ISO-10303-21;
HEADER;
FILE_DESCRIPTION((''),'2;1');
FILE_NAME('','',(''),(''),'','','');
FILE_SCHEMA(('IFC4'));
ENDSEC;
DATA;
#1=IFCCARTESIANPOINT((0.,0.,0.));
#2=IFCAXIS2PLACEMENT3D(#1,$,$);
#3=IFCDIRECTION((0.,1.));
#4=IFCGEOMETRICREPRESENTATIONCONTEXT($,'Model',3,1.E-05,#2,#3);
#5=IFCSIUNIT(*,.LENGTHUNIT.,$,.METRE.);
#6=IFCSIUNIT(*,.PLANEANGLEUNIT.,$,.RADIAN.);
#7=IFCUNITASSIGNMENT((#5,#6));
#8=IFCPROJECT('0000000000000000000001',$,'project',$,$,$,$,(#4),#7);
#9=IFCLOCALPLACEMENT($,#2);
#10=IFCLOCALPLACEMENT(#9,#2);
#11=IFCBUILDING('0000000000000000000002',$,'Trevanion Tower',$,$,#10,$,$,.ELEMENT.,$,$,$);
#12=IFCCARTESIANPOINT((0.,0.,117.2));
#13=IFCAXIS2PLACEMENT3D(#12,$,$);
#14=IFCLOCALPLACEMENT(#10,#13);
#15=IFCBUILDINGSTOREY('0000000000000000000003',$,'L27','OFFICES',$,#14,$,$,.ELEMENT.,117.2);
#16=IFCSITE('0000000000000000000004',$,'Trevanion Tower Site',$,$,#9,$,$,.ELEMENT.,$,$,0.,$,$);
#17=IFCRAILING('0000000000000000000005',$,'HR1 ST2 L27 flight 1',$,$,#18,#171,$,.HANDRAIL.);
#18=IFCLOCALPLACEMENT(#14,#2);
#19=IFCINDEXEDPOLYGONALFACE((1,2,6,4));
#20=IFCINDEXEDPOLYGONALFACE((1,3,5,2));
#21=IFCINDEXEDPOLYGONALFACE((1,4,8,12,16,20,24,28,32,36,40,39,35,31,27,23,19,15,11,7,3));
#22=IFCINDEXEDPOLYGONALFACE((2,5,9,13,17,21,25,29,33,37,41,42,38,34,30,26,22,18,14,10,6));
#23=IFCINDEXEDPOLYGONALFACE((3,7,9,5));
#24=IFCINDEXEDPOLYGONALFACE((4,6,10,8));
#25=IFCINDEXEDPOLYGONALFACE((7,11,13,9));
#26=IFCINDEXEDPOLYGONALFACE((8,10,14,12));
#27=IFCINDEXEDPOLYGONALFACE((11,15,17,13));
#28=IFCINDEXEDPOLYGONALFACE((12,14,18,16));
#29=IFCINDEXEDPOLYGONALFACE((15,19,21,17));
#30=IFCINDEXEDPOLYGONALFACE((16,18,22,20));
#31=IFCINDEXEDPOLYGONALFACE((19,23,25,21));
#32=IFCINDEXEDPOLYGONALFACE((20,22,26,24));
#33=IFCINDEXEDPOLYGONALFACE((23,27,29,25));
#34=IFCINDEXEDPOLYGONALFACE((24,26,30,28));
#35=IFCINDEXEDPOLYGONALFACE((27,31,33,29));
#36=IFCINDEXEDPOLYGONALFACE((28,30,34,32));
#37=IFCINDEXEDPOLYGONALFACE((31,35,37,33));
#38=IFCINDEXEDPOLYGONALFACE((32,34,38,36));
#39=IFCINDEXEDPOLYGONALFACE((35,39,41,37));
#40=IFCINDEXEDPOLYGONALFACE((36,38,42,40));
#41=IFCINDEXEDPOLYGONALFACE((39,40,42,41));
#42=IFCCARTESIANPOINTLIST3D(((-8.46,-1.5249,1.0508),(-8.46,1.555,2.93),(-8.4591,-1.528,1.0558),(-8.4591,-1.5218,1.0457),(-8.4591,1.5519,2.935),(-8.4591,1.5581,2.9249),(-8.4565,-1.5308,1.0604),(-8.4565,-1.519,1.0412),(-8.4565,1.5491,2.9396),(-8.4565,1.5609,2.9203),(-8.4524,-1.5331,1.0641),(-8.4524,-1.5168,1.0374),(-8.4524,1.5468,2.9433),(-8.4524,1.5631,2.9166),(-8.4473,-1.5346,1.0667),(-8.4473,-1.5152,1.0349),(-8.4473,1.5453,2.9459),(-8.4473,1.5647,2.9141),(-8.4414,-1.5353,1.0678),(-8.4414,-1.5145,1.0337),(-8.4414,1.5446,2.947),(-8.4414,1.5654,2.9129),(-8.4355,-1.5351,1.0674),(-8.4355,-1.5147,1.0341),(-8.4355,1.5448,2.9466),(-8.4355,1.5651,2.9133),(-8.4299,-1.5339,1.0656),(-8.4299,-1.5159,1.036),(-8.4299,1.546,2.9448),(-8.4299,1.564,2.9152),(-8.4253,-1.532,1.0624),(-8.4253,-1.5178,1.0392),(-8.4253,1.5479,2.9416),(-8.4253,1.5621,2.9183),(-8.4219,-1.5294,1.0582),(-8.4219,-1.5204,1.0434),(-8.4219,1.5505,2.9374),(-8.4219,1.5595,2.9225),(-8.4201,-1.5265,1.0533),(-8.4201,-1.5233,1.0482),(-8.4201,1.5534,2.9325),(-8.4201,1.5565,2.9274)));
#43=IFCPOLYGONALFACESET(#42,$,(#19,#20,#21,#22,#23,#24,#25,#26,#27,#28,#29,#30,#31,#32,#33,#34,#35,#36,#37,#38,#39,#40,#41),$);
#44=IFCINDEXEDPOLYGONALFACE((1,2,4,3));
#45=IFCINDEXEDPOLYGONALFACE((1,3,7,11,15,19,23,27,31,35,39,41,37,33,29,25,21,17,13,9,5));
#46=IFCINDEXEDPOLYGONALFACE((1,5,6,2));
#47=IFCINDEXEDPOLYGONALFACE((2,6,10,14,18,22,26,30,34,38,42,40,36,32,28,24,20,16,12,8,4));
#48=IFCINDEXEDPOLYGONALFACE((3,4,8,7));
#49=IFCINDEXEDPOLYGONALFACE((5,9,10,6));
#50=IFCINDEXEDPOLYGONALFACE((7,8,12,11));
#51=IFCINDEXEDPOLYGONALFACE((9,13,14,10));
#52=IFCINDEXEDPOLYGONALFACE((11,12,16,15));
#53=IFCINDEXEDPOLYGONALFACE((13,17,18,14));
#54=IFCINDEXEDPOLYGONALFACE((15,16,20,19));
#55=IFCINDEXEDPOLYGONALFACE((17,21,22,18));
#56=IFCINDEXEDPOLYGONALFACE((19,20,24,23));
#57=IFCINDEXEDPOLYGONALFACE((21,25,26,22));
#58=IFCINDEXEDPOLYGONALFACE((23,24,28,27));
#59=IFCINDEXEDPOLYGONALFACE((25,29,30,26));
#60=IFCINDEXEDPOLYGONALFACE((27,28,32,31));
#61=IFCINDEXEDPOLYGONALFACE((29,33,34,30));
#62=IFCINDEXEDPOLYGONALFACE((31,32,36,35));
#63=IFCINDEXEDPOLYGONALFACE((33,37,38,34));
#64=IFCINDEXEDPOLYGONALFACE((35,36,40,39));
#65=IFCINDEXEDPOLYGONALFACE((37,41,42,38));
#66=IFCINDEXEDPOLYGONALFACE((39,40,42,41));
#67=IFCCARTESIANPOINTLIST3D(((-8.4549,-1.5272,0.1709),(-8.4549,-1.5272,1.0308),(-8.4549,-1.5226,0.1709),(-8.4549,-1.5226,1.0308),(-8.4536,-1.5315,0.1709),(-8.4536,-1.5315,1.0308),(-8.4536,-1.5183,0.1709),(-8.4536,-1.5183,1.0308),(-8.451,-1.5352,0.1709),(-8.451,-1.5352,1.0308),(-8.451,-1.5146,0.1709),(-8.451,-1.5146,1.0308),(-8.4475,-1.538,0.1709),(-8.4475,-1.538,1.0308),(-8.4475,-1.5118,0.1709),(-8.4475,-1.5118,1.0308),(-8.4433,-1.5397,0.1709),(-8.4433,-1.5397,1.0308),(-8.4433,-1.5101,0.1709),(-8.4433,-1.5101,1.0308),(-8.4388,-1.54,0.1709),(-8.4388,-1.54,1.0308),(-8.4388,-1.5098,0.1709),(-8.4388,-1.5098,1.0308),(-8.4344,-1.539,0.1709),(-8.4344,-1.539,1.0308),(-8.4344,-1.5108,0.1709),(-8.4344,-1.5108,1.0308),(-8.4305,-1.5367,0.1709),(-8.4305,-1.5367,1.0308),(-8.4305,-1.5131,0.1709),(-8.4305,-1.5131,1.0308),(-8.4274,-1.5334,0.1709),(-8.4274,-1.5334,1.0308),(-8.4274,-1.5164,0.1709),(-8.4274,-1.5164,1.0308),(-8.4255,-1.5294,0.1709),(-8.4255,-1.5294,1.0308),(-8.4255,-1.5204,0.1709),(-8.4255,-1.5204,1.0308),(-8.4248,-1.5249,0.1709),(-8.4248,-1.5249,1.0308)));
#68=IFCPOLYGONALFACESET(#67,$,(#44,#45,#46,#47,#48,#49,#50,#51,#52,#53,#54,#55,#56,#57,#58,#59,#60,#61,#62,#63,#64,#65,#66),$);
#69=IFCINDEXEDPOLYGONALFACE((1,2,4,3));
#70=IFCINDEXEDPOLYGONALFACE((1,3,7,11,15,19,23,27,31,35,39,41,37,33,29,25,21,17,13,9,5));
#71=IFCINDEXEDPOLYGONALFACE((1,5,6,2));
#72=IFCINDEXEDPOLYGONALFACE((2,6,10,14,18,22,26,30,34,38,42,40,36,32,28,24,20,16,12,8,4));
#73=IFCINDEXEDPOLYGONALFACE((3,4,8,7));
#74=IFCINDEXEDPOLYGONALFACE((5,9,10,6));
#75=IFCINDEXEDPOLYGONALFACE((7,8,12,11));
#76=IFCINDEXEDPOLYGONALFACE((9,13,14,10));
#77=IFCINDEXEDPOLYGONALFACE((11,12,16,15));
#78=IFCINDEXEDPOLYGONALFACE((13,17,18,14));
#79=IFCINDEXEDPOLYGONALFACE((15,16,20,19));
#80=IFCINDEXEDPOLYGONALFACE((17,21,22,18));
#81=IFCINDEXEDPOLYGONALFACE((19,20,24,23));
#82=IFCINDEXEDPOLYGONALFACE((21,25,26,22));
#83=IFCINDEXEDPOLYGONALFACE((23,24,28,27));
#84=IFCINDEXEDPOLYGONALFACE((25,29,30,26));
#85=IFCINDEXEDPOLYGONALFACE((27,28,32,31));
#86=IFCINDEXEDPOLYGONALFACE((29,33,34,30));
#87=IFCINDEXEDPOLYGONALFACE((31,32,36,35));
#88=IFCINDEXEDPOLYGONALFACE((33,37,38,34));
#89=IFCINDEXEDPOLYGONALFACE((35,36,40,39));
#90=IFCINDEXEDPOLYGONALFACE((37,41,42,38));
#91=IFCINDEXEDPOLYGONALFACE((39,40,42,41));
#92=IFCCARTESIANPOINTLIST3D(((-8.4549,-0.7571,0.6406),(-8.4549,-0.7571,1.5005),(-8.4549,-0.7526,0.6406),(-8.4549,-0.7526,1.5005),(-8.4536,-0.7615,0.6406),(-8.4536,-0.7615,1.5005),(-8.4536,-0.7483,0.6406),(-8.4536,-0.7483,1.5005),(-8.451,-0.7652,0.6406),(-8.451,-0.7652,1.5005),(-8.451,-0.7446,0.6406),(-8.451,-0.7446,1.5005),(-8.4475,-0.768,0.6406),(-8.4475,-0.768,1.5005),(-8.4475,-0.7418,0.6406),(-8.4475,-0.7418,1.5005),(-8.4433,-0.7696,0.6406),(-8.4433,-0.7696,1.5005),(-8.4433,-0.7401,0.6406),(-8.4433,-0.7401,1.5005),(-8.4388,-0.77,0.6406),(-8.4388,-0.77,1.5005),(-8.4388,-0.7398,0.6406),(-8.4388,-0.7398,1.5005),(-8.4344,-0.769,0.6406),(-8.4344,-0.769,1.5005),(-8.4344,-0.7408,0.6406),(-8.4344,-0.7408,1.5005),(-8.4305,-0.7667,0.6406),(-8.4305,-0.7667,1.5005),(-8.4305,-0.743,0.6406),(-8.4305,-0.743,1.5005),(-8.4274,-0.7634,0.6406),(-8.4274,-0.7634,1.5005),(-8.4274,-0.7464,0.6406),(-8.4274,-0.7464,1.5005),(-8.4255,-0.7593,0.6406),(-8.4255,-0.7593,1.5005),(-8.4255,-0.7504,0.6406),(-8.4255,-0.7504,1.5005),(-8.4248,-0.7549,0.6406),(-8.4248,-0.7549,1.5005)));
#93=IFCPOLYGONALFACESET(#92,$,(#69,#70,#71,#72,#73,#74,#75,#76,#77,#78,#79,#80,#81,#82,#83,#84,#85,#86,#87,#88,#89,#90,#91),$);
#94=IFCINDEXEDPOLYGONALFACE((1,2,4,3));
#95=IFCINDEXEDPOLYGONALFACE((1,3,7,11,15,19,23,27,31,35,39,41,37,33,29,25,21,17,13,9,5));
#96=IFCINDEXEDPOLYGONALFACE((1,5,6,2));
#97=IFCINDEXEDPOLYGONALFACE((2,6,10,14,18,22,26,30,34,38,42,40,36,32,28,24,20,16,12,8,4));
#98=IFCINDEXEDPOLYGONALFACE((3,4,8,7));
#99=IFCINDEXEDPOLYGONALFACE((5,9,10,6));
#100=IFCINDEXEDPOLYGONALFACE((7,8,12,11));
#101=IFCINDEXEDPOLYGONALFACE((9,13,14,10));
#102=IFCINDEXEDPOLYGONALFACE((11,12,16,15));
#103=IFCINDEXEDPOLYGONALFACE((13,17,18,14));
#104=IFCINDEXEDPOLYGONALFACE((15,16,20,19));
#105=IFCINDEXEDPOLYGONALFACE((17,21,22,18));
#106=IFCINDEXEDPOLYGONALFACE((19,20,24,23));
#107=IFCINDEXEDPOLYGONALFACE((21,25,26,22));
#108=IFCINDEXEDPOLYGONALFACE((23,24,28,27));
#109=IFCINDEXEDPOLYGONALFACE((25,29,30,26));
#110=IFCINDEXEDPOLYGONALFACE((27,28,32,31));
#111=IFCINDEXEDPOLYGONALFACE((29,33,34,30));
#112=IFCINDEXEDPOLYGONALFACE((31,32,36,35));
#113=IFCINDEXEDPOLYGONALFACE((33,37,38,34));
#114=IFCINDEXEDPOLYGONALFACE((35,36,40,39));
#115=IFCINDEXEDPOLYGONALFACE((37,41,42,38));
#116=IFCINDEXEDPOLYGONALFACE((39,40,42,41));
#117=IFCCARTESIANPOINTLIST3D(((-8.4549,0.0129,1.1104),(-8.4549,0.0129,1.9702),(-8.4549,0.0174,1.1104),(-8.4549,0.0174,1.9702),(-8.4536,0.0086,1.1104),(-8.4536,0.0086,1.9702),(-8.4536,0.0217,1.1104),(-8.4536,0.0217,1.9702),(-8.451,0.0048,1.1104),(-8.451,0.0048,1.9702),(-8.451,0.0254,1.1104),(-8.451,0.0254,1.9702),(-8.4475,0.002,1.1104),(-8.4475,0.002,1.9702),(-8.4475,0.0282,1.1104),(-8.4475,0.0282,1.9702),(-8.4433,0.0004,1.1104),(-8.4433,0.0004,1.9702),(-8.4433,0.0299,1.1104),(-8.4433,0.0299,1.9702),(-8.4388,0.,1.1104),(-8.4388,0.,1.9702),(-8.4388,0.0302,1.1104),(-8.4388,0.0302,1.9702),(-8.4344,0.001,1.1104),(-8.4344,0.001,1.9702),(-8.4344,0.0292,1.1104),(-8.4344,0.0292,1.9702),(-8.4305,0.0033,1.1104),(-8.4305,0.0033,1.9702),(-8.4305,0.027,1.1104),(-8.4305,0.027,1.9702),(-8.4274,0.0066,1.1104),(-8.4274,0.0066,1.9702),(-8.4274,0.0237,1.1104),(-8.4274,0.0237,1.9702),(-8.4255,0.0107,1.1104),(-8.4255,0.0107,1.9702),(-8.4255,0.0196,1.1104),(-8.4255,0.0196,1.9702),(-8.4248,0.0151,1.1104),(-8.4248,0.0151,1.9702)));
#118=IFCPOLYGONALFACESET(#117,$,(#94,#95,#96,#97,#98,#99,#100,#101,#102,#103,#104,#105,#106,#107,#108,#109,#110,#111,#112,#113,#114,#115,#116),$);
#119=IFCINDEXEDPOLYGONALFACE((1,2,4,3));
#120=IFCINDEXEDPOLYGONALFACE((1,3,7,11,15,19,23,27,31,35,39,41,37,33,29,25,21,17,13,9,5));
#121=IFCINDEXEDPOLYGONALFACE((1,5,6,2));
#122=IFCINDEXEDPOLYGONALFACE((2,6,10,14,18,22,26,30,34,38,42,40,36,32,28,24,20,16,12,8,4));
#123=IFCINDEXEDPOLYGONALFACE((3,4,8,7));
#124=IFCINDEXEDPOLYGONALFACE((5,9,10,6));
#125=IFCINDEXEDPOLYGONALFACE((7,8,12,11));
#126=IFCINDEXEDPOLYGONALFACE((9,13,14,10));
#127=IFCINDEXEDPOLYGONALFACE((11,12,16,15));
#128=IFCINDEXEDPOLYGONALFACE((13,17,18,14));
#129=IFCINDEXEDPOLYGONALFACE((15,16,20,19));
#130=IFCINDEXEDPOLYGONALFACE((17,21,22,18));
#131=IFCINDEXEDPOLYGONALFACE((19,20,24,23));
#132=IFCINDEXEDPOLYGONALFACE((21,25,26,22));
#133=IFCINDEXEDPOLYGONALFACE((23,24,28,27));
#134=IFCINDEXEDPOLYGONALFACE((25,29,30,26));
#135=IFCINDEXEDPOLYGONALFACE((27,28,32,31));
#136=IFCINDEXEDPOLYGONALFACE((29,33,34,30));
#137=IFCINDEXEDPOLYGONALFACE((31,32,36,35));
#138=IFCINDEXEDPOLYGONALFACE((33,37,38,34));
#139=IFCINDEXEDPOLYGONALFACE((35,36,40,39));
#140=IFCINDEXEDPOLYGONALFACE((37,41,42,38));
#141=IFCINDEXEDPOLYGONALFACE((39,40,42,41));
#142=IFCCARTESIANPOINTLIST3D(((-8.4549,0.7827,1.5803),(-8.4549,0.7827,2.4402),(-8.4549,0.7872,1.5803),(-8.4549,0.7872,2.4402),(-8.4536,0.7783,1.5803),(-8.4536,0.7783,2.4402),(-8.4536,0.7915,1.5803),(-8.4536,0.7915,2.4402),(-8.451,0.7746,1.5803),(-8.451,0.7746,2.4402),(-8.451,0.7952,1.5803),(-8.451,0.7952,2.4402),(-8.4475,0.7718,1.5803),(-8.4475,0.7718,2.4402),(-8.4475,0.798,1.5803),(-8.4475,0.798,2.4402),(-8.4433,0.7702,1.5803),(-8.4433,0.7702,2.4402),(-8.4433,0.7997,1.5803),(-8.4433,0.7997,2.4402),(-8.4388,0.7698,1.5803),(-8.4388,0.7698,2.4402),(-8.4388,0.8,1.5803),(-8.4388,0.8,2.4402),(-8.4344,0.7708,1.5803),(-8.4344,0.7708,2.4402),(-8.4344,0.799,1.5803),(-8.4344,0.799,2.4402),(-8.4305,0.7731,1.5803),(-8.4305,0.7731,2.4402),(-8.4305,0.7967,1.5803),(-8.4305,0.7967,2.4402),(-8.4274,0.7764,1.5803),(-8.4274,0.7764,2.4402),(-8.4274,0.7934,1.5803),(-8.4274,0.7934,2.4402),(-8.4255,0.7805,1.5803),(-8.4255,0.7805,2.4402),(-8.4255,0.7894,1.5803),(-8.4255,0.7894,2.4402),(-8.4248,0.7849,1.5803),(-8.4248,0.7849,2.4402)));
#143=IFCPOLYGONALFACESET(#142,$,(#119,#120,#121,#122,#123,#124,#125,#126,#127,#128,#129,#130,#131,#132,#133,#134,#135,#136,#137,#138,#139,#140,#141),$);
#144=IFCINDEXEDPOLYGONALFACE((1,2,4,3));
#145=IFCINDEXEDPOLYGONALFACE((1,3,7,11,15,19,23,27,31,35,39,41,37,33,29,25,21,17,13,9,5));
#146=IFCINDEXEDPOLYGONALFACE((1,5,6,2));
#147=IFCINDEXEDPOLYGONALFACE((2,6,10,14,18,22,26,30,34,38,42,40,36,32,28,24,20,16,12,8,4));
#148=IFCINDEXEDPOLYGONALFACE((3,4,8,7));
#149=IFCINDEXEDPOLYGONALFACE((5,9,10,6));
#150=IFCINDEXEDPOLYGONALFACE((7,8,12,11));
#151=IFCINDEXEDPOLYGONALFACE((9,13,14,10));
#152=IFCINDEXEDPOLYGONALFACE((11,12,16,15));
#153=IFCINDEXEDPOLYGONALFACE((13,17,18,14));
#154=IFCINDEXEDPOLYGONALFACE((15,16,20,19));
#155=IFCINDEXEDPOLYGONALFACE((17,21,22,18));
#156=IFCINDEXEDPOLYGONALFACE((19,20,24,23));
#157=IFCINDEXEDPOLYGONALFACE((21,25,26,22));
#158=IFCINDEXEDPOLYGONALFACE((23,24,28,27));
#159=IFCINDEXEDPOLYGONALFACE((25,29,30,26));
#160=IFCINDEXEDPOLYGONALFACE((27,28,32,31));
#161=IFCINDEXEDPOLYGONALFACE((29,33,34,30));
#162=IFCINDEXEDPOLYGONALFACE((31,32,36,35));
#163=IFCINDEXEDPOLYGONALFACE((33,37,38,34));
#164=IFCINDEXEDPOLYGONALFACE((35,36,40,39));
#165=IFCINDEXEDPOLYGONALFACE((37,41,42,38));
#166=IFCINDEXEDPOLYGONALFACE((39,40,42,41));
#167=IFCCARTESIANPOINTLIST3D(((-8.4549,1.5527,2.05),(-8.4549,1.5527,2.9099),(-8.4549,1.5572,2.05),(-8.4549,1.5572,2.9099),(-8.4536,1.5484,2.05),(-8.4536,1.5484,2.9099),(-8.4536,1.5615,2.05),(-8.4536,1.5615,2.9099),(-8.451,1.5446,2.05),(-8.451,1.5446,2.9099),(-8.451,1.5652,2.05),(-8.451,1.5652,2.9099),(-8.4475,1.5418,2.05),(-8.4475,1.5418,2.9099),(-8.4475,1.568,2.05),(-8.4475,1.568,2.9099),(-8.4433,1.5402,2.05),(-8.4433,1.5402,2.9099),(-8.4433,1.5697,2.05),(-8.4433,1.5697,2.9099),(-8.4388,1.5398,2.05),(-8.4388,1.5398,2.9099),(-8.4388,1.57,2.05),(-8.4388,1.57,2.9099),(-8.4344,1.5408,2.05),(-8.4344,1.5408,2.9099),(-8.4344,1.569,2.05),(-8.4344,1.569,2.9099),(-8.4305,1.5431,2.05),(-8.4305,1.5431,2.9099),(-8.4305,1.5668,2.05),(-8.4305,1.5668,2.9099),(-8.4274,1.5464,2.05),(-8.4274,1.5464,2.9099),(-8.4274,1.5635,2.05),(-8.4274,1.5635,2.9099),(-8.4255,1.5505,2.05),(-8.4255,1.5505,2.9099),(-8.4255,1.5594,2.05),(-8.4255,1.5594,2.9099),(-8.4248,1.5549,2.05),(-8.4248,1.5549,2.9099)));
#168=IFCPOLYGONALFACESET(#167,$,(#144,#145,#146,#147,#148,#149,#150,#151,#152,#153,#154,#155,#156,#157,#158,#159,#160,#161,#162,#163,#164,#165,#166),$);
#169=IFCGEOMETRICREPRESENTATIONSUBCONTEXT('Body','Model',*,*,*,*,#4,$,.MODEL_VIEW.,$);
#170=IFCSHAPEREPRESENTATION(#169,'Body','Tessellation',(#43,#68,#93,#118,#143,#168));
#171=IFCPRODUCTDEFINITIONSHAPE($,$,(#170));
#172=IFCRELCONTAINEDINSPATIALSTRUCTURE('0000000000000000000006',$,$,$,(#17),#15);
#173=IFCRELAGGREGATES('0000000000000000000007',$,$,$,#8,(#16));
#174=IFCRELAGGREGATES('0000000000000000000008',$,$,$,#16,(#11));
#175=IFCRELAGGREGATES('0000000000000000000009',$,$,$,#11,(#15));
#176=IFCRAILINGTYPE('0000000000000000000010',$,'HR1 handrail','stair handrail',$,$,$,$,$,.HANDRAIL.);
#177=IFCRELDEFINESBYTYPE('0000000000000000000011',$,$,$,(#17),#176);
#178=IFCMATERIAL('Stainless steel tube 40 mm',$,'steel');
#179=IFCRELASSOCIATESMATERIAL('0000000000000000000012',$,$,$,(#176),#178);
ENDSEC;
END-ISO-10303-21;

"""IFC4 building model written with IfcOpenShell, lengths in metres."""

from ifc_helpers import new_model, si_unit, direction, frame, origin, origin_2d, place, context, subcontext, project, spatial, circle, extrude, material, type_object, element, save


model = new_model("IFC4")

# Units and contexts
model_context = context("Model", 3, precision=1e-05, world=origin(), true_north=direction((0.0, 1.0)))
body_context = subcontext(model_context, "Body", "Model", "MODEL_VIEW")
ifc_project = project(units=[si_unit("LENGTHUNIT", "METRE"), si_unit("PLANEANGLEUNIT", "RADIAN")], contexts=[model_context])

# Site, building, storey
site_placement = place(None, origin())
site = spatial("IfcSite", under=ifc_project, at=site_placement, Name="Trevanion Tower Site", CompositionType="ELEMENT", RefElevation=0.0)
building_placement = place(site_placement, origin())
building = spatial("IfcBuilding", under=site, at=building_placement, Name="Trevanion Tower", CompositionType="ELEMENT")
storey_placement = place(building_placement, frame((0.0, 0.0, 117.2)))
storey = spatial("IfcBuildingStorey", under=building, at=storey_placement, Name="L27", Description="OFFICES", CompositionType="ELEMENT", Elevation=117.2)

# Railing
ifc_material_1 = material(Name="Stainless steel tube 40 mm", Category="steel")
railing_type = type_object("IfcRailingType", Name="HR1 handrail", Description="stair handrail", PredefinedType="HANDRAIL", material=ifc_material_1)
for number, where, name in (
    (1, (-8.4399, -1.5249, 0.1709), "HR1 ST2 L27 flight 1"),
):
    element("IfcRailing", number, at=place(storey_placement, frame(where)), inside=storey, type_object=railing_type, Name=name, PredefinedType="HANDRAIL", context=body_context, shape_type="SweptSolid", body=[
        extrude(circle(Radius=0.02, at=origin_2d()), frame((0.0, 0.0, 0.8799), z_axis=(0.0, 0.853648, 0.52085), x_axis=(-1.0, 0.0, 0.0)), (0.0, 0.0, 1.0), 3.6079),
        extrude(circle(Radius=0.0151, at=origin_2d()), origin(), (0.0, 0.0, 1.0), 0.8599),
        extrude(circle(Radius=0.0151, at=origin_2d()), frame((0.0, 0.77, 0.4697)), (0.0, 0.0, 1.0), 0.8599),
        extrude(circle(Radius=0.0151, at=origin_2d()), frame((0.0, 1.54, 0.9395)), (0.0, 0.0, 1.0), 0.8599),
        extrude(circle(Radius=0.0151, at=origin_2d()), frame((0.0, 2.3098, 1.4094)), (0.0, 0.0, 1.0), 0.8599),
        extrude(circle(Radius=0.0151, at=origin_2d()), frame((0.0, 3.0798, 1.8792)), (0.0, 0.0, 1.0), 0.8599),
    ])

save(model, "model.ifc")
